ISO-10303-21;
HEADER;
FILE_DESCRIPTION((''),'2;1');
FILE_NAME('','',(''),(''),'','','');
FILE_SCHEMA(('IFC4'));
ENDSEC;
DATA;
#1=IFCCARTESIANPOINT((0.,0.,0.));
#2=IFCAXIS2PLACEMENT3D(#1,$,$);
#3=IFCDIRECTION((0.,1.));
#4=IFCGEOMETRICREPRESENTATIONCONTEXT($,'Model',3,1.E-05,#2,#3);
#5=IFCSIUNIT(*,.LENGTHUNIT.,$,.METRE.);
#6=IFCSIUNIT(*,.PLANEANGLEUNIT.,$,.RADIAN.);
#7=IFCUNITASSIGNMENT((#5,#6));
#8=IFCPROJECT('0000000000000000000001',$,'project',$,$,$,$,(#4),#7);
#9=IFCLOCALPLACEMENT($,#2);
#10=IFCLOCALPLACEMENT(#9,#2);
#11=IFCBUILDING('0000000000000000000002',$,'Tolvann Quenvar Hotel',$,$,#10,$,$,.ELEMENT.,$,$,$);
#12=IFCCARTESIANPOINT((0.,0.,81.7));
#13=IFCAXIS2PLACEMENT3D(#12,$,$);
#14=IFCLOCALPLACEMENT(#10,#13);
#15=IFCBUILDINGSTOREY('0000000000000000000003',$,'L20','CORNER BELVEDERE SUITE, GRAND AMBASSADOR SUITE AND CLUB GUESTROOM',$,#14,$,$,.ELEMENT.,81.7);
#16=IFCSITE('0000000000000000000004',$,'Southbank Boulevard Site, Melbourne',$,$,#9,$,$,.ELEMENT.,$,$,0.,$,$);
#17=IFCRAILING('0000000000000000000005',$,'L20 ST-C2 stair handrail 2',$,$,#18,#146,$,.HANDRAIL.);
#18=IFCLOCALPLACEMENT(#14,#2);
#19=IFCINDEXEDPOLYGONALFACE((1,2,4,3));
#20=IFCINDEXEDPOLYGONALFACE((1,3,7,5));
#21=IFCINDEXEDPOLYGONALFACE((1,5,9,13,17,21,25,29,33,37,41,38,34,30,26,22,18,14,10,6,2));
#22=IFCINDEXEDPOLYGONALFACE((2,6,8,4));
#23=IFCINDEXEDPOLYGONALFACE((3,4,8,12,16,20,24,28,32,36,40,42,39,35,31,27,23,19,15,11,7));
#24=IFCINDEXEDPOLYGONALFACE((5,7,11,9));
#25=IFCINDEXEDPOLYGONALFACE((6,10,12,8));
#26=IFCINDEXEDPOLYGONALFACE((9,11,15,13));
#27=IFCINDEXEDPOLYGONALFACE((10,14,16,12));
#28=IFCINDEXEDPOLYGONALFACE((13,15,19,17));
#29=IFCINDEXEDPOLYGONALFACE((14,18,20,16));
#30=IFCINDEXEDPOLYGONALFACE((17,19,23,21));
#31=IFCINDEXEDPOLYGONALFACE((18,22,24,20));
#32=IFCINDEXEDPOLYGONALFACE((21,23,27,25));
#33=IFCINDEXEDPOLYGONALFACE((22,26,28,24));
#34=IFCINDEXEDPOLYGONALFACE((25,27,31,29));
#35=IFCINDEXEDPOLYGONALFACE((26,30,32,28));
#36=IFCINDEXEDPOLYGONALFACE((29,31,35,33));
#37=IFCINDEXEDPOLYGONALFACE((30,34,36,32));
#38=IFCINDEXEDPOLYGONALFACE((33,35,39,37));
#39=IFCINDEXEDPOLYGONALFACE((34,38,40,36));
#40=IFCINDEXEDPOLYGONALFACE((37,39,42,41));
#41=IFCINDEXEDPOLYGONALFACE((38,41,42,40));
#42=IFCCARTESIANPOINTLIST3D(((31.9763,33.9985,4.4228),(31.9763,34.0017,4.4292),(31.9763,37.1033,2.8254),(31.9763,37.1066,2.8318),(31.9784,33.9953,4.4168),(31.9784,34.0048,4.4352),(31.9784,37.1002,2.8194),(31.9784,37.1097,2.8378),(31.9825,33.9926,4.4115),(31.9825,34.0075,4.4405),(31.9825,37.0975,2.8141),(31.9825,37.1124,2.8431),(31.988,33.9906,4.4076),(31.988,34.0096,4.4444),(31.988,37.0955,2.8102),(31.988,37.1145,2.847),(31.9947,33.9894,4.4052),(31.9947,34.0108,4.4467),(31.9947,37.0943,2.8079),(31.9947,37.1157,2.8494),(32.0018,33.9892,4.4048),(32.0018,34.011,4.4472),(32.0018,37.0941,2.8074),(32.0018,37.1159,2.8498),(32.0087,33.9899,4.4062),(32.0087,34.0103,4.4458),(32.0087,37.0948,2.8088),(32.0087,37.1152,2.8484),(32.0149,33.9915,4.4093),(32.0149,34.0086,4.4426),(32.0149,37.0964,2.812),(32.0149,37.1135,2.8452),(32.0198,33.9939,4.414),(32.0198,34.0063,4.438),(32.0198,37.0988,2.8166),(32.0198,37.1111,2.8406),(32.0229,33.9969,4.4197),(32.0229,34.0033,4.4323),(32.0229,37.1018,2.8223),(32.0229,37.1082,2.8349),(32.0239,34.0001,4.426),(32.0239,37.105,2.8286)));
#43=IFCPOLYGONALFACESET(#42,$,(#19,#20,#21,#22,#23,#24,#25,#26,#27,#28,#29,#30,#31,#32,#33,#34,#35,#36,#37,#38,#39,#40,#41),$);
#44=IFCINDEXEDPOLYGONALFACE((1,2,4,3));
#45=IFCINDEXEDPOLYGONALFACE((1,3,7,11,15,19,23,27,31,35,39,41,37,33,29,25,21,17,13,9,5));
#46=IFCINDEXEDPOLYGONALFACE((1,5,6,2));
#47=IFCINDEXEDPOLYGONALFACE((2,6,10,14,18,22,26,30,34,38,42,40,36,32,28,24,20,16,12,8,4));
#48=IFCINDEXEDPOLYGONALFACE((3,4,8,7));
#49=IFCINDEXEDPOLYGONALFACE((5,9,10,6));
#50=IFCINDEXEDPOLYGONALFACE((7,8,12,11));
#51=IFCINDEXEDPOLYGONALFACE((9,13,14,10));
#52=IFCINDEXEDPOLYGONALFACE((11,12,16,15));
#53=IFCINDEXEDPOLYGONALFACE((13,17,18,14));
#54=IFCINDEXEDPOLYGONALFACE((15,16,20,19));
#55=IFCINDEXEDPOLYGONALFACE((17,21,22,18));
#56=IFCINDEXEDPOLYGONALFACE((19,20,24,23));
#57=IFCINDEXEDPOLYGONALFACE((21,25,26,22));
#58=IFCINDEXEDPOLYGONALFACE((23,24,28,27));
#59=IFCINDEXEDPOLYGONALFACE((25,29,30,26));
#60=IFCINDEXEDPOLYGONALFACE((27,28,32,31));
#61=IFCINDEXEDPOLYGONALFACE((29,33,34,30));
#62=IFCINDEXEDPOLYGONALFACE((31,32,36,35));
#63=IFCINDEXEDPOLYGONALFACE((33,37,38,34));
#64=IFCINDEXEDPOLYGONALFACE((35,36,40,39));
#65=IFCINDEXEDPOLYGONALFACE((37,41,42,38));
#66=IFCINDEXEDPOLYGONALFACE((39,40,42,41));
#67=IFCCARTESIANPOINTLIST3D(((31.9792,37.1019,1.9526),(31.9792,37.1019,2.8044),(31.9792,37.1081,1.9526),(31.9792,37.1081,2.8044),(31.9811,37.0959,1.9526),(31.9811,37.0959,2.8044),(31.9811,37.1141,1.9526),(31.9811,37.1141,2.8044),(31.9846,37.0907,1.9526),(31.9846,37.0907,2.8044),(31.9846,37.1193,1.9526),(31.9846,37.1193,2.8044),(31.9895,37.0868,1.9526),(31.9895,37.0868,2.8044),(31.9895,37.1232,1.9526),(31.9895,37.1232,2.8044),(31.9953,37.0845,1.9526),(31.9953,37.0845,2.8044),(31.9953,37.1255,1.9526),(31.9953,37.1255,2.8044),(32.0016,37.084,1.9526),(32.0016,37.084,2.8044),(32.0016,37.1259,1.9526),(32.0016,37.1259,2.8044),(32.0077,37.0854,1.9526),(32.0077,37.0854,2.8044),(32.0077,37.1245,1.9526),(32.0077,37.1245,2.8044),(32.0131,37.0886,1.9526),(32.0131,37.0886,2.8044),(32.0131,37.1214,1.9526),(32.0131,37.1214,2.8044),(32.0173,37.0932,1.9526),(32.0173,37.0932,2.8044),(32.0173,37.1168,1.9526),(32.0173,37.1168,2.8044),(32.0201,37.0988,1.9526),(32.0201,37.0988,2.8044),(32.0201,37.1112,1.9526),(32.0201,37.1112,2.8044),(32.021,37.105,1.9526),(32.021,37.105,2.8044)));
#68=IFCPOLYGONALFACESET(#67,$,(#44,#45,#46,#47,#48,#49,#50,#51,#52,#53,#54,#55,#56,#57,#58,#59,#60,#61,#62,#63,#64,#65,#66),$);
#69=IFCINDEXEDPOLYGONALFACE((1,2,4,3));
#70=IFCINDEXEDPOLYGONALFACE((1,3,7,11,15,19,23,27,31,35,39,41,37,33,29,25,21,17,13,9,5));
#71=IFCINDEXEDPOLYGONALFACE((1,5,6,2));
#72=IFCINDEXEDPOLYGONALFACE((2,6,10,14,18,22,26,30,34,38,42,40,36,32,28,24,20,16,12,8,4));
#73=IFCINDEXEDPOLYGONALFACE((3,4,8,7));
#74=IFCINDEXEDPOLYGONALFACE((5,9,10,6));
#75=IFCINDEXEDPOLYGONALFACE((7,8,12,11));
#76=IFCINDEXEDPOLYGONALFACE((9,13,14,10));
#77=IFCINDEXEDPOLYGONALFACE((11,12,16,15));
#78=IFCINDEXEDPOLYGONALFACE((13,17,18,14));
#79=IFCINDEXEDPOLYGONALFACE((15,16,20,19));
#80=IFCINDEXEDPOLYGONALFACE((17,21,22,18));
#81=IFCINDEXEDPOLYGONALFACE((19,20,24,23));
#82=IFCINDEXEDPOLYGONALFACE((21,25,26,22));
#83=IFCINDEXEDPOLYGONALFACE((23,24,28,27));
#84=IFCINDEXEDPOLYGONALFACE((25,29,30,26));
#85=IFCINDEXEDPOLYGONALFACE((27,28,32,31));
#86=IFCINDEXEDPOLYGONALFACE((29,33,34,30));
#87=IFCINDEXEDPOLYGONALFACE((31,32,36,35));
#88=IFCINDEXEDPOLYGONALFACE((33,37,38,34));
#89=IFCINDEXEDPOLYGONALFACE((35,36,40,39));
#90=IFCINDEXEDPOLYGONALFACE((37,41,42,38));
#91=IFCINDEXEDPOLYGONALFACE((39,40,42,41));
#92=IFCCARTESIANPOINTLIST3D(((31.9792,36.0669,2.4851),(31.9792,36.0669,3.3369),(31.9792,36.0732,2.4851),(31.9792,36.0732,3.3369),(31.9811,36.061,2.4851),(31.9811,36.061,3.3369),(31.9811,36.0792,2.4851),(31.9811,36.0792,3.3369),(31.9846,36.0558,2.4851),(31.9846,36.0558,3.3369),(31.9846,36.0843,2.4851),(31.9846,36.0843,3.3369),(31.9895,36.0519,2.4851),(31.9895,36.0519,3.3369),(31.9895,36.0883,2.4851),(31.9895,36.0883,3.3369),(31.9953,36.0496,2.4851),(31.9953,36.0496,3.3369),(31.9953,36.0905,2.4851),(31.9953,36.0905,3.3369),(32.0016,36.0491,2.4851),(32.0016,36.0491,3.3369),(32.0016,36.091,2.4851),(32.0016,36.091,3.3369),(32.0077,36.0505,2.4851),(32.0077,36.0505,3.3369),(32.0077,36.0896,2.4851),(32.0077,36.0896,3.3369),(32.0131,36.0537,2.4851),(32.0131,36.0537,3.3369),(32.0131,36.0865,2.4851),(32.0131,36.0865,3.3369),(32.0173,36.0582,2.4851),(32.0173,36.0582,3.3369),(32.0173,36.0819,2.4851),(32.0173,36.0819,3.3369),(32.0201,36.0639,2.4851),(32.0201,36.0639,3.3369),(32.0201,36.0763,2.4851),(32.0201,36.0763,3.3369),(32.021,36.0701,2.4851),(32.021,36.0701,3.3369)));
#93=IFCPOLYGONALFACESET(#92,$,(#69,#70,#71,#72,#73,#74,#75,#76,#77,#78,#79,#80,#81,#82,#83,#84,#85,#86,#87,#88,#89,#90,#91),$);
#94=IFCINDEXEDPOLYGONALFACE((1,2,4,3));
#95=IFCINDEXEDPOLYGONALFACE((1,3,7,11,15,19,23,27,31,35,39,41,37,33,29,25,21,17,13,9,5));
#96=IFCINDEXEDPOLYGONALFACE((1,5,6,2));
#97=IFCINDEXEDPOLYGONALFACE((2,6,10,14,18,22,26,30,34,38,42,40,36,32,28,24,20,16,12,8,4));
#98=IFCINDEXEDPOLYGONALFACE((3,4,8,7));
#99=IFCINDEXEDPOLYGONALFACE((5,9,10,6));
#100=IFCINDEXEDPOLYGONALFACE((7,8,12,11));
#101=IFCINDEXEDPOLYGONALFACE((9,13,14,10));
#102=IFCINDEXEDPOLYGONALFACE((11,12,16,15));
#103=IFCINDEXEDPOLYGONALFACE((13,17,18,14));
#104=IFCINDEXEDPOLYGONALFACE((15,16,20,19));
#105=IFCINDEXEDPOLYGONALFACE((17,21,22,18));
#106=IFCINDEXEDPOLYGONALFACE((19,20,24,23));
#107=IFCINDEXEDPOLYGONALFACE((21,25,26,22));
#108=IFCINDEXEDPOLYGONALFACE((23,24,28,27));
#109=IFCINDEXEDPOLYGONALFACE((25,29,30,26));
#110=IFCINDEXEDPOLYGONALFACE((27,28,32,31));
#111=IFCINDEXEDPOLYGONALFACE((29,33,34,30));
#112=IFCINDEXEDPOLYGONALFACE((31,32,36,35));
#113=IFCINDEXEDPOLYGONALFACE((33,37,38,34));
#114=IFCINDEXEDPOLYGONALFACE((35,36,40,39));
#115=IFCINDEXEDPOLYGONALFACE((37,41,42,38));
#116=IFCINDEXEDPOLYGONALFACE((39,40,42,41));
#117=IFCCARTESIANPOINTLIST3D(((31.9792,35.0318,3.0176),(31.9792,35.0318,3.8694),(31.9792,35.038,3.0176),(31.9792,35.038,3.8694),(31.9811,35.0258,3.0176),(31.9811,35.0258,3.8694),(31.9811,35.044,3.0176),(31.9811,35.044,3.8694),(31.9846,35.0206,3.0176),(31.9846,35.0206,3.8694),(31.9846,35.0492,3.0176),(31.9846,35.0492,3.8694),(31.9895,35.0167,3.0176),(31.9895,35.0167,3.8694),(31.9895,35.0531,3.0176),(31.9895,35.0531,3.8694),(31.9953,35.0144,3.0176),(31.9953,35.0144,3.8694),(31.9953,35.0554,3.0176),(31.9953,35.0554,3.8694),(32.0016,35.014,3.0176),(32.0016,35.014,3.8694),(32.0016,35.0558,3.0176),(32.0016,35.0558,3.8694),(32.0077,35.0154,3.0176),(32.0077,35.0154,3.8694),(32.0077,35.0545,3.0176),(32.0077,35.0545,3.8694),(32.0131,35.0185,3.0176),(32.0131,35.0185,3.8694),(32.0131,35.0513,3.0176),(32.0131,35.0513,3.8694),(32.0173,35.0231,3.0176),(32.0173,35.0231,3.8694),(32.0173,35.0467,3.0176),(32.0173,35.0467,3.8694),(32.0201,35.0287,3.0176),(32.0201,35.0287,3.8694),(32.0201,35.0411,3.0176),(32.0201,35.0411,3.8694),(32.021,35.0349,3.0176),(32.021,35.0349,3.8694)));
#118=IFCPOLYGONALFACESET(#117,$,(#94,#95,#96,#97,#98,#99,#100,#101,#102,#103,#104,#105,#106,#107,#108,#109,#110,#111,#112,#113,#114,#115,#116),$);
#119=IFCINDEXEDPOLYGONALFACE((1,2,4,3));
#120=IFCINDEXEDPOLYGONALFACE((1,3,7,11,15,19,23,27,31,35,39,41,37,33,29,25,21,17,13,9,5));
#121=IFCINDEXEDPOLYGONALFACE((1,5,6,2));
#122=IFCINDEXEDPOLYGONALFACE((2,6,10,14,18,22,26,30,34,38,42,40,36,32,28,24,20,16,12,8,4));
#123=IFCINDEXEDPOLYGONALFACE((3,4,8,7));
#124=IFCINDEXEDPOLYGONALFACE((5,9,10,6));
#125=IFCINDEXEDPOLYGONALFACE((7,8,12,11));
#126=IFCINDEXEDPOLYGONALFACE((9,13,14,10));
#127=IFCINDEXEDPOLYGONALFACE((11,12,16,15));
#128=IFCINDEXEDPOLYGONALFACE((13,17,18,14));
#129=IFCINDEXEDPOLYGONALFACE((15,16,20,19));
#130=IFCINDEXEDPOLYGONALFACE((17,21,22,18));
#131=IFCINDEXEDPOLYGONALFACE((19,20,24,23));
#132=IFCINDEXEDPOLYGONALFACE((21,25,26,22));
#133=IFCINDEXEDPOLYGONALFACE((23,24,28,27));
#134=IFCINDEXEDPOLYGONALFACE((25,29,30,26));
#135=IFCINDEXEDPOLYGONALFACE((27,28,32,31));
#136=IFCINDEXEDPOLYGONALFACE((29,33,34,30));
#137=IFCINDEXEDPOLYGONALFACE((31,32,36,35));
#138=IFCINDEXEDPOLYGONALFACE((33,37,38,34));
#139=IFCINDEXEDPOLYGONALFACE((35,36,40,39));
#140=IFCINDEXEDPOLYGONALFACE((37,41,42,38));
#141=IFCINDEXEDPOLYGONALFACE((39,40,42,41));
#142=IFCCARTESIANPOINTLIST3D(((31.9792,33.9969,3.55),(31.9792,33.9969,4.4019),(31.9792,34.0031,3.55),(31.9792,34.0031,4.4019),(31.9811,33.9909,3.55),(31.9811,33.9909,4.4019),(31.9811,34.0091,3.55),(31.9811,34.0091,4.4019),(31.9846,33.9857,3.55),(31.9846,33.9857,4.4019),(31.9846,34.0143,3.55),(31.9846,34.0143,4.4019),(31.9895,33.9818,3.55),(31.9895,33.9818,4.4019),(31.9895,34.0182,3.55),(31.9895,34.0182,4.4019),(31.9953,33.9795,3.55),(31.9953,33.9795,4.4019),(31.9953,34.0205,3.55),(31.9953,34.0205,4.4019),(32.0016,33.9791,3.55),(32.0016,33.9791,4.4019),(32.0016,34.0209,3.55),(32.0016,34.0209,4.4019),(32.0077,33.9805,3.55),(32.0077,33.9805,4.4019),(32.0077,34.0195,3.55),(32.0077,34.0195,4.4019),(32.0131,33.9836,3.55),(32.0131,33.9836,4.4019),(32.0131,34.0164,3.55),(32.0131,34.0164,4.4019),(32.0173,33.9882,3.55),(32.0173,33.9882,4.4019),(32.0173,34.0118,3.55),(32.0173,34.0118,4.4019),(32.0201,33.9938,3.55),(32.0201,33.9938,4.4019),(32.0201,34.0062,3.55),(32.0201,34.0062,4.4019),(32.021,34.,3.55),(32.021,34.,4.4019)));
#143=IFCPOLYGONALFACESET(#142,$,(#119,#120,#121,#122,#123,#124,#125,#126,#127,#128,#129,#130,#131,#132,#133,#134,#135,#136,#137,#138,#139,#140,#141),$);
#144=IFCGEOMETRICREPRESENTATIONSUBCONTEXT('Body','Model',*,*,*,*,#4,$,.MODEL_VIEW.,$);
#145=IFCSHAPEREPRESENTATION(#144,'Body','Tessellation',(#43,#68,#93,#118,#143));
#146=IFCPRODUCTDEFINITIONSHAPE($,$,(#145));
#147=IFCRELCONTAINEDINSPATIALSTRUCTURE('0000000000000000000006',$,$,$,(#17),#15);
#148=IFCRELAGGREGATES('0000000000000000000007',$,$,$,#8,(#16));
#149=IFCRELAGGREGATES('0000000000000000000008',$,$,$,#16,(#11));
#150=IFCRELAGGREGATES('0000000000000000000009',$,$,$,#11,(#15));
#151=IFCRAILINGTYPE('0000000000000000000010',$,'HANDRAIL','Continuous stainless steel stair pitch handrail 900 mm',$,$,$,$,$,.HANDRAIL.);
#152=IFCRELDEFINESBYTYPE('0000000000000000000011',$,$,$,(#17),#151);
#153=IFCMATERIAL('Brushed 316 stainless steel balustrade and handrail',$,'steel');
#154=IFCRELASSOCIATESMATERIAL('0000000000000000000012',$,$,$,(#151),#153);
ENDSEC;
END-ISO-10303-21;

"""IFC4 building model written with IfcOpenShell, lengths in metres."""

from ifc_helpers import new_model, si_unit, direction, frame, origin, origin_2d, place, context, subcontext, project, spatial, circle, extrude, material, type_object, element, save


model = new_model("IFC4")

# Units and contexts
model_context = context("Model", 3, precision=1e-05, world=origin(), true_north=direction((0.0, 1.0)))
body_context = subcontext(model_context, "Body", "Model", "MODEL_VIEW")
ifc_project = project(units=[si_unit("LENGTHUNIT", "METRE"), si_unit("PLANEANGLEUNIT", "RADIAN")], contexts=[model_context])

# Site, building, storey
site_placement = place(None, origin())
site = spatial("IfcSite", under=ifc_project, at=site_placement, Name="Southbank Boulevard Site, Melbourne", CompositionType="ELEMENT", RefElevation=0.0)
building_placement = place(site_placement, origin())
building = spatial("IfcBuilding", under=site, at=building_placement, Name="Tolvann Quenvar Hotel", CompositionType="ELEMENT")
storey_placement = place(building_placement, frame((0.0, 0.0, 81.7)))
storey = spatial("IfcBuildingStorey", under=building, at=storey_placement, Name="L20", Description="CORNER BELVEDERE SUITE, GRAND AMBASSADOR SUITE AND CLUB GUESTROOM", CompositionType="ELEMENT", Elevation=81.7)

# Railing
ifc_material_1 = material(Name="Brushed 316 stainless steel balustrade and handrail", Category="steel")
railing_type_1 = type_object("IfcRailingType", Name="HANDRAIL", Description="Continuous stainless steel stair pitch handrail 900 mm", PredefinedType="HANDRAIL", material=ifc_material_1)
railing_1_placement = place(storey_placement, frame((32.0, 37.105, 1.9526)))
element("IfcRailing", 1, at=railing_1_placement, inside=storey, type_object=railing_type_1, Name="L20 ST-C2 stair handrail 2", PredefinedType="HANDRAIL", context=body_context, shape_type="SweptSolid", body=[
    extrude(circle(Radius=0.0239, at=origin_2d()), frame((0.0, 0.0, 0.876), z_axis=(0.0, -0.889222, 0.457476), x_axis=(1.0, 0.0, 0.0)), (0.0, 0.0, 1.0), 3.4917),
    extrude(circle(Radius=0.021, at=origin_2d()), origin(), (0.0, 0.0, 1.0), 0.8518),
    extrude(circle(Radius=0.021, at=origin_2d()), frame((0.0, -1.0349, 0.5325)), (0.0, 0.0, 1.0), 0.8518),
    extrude(circle(Radius=0.021, at=origin_2d()), frame((0.0, -2.0701, 1.0649)), (0.0, 0.0, 1.0), 0.8518),
    extrude(circle(Radius=0.021, at=origin_2d()), frame((0.0, -3.105, 1.5974)), (0.0, 0.0, 1.0), 0.8518),
])

save(model, "model.ifc")
